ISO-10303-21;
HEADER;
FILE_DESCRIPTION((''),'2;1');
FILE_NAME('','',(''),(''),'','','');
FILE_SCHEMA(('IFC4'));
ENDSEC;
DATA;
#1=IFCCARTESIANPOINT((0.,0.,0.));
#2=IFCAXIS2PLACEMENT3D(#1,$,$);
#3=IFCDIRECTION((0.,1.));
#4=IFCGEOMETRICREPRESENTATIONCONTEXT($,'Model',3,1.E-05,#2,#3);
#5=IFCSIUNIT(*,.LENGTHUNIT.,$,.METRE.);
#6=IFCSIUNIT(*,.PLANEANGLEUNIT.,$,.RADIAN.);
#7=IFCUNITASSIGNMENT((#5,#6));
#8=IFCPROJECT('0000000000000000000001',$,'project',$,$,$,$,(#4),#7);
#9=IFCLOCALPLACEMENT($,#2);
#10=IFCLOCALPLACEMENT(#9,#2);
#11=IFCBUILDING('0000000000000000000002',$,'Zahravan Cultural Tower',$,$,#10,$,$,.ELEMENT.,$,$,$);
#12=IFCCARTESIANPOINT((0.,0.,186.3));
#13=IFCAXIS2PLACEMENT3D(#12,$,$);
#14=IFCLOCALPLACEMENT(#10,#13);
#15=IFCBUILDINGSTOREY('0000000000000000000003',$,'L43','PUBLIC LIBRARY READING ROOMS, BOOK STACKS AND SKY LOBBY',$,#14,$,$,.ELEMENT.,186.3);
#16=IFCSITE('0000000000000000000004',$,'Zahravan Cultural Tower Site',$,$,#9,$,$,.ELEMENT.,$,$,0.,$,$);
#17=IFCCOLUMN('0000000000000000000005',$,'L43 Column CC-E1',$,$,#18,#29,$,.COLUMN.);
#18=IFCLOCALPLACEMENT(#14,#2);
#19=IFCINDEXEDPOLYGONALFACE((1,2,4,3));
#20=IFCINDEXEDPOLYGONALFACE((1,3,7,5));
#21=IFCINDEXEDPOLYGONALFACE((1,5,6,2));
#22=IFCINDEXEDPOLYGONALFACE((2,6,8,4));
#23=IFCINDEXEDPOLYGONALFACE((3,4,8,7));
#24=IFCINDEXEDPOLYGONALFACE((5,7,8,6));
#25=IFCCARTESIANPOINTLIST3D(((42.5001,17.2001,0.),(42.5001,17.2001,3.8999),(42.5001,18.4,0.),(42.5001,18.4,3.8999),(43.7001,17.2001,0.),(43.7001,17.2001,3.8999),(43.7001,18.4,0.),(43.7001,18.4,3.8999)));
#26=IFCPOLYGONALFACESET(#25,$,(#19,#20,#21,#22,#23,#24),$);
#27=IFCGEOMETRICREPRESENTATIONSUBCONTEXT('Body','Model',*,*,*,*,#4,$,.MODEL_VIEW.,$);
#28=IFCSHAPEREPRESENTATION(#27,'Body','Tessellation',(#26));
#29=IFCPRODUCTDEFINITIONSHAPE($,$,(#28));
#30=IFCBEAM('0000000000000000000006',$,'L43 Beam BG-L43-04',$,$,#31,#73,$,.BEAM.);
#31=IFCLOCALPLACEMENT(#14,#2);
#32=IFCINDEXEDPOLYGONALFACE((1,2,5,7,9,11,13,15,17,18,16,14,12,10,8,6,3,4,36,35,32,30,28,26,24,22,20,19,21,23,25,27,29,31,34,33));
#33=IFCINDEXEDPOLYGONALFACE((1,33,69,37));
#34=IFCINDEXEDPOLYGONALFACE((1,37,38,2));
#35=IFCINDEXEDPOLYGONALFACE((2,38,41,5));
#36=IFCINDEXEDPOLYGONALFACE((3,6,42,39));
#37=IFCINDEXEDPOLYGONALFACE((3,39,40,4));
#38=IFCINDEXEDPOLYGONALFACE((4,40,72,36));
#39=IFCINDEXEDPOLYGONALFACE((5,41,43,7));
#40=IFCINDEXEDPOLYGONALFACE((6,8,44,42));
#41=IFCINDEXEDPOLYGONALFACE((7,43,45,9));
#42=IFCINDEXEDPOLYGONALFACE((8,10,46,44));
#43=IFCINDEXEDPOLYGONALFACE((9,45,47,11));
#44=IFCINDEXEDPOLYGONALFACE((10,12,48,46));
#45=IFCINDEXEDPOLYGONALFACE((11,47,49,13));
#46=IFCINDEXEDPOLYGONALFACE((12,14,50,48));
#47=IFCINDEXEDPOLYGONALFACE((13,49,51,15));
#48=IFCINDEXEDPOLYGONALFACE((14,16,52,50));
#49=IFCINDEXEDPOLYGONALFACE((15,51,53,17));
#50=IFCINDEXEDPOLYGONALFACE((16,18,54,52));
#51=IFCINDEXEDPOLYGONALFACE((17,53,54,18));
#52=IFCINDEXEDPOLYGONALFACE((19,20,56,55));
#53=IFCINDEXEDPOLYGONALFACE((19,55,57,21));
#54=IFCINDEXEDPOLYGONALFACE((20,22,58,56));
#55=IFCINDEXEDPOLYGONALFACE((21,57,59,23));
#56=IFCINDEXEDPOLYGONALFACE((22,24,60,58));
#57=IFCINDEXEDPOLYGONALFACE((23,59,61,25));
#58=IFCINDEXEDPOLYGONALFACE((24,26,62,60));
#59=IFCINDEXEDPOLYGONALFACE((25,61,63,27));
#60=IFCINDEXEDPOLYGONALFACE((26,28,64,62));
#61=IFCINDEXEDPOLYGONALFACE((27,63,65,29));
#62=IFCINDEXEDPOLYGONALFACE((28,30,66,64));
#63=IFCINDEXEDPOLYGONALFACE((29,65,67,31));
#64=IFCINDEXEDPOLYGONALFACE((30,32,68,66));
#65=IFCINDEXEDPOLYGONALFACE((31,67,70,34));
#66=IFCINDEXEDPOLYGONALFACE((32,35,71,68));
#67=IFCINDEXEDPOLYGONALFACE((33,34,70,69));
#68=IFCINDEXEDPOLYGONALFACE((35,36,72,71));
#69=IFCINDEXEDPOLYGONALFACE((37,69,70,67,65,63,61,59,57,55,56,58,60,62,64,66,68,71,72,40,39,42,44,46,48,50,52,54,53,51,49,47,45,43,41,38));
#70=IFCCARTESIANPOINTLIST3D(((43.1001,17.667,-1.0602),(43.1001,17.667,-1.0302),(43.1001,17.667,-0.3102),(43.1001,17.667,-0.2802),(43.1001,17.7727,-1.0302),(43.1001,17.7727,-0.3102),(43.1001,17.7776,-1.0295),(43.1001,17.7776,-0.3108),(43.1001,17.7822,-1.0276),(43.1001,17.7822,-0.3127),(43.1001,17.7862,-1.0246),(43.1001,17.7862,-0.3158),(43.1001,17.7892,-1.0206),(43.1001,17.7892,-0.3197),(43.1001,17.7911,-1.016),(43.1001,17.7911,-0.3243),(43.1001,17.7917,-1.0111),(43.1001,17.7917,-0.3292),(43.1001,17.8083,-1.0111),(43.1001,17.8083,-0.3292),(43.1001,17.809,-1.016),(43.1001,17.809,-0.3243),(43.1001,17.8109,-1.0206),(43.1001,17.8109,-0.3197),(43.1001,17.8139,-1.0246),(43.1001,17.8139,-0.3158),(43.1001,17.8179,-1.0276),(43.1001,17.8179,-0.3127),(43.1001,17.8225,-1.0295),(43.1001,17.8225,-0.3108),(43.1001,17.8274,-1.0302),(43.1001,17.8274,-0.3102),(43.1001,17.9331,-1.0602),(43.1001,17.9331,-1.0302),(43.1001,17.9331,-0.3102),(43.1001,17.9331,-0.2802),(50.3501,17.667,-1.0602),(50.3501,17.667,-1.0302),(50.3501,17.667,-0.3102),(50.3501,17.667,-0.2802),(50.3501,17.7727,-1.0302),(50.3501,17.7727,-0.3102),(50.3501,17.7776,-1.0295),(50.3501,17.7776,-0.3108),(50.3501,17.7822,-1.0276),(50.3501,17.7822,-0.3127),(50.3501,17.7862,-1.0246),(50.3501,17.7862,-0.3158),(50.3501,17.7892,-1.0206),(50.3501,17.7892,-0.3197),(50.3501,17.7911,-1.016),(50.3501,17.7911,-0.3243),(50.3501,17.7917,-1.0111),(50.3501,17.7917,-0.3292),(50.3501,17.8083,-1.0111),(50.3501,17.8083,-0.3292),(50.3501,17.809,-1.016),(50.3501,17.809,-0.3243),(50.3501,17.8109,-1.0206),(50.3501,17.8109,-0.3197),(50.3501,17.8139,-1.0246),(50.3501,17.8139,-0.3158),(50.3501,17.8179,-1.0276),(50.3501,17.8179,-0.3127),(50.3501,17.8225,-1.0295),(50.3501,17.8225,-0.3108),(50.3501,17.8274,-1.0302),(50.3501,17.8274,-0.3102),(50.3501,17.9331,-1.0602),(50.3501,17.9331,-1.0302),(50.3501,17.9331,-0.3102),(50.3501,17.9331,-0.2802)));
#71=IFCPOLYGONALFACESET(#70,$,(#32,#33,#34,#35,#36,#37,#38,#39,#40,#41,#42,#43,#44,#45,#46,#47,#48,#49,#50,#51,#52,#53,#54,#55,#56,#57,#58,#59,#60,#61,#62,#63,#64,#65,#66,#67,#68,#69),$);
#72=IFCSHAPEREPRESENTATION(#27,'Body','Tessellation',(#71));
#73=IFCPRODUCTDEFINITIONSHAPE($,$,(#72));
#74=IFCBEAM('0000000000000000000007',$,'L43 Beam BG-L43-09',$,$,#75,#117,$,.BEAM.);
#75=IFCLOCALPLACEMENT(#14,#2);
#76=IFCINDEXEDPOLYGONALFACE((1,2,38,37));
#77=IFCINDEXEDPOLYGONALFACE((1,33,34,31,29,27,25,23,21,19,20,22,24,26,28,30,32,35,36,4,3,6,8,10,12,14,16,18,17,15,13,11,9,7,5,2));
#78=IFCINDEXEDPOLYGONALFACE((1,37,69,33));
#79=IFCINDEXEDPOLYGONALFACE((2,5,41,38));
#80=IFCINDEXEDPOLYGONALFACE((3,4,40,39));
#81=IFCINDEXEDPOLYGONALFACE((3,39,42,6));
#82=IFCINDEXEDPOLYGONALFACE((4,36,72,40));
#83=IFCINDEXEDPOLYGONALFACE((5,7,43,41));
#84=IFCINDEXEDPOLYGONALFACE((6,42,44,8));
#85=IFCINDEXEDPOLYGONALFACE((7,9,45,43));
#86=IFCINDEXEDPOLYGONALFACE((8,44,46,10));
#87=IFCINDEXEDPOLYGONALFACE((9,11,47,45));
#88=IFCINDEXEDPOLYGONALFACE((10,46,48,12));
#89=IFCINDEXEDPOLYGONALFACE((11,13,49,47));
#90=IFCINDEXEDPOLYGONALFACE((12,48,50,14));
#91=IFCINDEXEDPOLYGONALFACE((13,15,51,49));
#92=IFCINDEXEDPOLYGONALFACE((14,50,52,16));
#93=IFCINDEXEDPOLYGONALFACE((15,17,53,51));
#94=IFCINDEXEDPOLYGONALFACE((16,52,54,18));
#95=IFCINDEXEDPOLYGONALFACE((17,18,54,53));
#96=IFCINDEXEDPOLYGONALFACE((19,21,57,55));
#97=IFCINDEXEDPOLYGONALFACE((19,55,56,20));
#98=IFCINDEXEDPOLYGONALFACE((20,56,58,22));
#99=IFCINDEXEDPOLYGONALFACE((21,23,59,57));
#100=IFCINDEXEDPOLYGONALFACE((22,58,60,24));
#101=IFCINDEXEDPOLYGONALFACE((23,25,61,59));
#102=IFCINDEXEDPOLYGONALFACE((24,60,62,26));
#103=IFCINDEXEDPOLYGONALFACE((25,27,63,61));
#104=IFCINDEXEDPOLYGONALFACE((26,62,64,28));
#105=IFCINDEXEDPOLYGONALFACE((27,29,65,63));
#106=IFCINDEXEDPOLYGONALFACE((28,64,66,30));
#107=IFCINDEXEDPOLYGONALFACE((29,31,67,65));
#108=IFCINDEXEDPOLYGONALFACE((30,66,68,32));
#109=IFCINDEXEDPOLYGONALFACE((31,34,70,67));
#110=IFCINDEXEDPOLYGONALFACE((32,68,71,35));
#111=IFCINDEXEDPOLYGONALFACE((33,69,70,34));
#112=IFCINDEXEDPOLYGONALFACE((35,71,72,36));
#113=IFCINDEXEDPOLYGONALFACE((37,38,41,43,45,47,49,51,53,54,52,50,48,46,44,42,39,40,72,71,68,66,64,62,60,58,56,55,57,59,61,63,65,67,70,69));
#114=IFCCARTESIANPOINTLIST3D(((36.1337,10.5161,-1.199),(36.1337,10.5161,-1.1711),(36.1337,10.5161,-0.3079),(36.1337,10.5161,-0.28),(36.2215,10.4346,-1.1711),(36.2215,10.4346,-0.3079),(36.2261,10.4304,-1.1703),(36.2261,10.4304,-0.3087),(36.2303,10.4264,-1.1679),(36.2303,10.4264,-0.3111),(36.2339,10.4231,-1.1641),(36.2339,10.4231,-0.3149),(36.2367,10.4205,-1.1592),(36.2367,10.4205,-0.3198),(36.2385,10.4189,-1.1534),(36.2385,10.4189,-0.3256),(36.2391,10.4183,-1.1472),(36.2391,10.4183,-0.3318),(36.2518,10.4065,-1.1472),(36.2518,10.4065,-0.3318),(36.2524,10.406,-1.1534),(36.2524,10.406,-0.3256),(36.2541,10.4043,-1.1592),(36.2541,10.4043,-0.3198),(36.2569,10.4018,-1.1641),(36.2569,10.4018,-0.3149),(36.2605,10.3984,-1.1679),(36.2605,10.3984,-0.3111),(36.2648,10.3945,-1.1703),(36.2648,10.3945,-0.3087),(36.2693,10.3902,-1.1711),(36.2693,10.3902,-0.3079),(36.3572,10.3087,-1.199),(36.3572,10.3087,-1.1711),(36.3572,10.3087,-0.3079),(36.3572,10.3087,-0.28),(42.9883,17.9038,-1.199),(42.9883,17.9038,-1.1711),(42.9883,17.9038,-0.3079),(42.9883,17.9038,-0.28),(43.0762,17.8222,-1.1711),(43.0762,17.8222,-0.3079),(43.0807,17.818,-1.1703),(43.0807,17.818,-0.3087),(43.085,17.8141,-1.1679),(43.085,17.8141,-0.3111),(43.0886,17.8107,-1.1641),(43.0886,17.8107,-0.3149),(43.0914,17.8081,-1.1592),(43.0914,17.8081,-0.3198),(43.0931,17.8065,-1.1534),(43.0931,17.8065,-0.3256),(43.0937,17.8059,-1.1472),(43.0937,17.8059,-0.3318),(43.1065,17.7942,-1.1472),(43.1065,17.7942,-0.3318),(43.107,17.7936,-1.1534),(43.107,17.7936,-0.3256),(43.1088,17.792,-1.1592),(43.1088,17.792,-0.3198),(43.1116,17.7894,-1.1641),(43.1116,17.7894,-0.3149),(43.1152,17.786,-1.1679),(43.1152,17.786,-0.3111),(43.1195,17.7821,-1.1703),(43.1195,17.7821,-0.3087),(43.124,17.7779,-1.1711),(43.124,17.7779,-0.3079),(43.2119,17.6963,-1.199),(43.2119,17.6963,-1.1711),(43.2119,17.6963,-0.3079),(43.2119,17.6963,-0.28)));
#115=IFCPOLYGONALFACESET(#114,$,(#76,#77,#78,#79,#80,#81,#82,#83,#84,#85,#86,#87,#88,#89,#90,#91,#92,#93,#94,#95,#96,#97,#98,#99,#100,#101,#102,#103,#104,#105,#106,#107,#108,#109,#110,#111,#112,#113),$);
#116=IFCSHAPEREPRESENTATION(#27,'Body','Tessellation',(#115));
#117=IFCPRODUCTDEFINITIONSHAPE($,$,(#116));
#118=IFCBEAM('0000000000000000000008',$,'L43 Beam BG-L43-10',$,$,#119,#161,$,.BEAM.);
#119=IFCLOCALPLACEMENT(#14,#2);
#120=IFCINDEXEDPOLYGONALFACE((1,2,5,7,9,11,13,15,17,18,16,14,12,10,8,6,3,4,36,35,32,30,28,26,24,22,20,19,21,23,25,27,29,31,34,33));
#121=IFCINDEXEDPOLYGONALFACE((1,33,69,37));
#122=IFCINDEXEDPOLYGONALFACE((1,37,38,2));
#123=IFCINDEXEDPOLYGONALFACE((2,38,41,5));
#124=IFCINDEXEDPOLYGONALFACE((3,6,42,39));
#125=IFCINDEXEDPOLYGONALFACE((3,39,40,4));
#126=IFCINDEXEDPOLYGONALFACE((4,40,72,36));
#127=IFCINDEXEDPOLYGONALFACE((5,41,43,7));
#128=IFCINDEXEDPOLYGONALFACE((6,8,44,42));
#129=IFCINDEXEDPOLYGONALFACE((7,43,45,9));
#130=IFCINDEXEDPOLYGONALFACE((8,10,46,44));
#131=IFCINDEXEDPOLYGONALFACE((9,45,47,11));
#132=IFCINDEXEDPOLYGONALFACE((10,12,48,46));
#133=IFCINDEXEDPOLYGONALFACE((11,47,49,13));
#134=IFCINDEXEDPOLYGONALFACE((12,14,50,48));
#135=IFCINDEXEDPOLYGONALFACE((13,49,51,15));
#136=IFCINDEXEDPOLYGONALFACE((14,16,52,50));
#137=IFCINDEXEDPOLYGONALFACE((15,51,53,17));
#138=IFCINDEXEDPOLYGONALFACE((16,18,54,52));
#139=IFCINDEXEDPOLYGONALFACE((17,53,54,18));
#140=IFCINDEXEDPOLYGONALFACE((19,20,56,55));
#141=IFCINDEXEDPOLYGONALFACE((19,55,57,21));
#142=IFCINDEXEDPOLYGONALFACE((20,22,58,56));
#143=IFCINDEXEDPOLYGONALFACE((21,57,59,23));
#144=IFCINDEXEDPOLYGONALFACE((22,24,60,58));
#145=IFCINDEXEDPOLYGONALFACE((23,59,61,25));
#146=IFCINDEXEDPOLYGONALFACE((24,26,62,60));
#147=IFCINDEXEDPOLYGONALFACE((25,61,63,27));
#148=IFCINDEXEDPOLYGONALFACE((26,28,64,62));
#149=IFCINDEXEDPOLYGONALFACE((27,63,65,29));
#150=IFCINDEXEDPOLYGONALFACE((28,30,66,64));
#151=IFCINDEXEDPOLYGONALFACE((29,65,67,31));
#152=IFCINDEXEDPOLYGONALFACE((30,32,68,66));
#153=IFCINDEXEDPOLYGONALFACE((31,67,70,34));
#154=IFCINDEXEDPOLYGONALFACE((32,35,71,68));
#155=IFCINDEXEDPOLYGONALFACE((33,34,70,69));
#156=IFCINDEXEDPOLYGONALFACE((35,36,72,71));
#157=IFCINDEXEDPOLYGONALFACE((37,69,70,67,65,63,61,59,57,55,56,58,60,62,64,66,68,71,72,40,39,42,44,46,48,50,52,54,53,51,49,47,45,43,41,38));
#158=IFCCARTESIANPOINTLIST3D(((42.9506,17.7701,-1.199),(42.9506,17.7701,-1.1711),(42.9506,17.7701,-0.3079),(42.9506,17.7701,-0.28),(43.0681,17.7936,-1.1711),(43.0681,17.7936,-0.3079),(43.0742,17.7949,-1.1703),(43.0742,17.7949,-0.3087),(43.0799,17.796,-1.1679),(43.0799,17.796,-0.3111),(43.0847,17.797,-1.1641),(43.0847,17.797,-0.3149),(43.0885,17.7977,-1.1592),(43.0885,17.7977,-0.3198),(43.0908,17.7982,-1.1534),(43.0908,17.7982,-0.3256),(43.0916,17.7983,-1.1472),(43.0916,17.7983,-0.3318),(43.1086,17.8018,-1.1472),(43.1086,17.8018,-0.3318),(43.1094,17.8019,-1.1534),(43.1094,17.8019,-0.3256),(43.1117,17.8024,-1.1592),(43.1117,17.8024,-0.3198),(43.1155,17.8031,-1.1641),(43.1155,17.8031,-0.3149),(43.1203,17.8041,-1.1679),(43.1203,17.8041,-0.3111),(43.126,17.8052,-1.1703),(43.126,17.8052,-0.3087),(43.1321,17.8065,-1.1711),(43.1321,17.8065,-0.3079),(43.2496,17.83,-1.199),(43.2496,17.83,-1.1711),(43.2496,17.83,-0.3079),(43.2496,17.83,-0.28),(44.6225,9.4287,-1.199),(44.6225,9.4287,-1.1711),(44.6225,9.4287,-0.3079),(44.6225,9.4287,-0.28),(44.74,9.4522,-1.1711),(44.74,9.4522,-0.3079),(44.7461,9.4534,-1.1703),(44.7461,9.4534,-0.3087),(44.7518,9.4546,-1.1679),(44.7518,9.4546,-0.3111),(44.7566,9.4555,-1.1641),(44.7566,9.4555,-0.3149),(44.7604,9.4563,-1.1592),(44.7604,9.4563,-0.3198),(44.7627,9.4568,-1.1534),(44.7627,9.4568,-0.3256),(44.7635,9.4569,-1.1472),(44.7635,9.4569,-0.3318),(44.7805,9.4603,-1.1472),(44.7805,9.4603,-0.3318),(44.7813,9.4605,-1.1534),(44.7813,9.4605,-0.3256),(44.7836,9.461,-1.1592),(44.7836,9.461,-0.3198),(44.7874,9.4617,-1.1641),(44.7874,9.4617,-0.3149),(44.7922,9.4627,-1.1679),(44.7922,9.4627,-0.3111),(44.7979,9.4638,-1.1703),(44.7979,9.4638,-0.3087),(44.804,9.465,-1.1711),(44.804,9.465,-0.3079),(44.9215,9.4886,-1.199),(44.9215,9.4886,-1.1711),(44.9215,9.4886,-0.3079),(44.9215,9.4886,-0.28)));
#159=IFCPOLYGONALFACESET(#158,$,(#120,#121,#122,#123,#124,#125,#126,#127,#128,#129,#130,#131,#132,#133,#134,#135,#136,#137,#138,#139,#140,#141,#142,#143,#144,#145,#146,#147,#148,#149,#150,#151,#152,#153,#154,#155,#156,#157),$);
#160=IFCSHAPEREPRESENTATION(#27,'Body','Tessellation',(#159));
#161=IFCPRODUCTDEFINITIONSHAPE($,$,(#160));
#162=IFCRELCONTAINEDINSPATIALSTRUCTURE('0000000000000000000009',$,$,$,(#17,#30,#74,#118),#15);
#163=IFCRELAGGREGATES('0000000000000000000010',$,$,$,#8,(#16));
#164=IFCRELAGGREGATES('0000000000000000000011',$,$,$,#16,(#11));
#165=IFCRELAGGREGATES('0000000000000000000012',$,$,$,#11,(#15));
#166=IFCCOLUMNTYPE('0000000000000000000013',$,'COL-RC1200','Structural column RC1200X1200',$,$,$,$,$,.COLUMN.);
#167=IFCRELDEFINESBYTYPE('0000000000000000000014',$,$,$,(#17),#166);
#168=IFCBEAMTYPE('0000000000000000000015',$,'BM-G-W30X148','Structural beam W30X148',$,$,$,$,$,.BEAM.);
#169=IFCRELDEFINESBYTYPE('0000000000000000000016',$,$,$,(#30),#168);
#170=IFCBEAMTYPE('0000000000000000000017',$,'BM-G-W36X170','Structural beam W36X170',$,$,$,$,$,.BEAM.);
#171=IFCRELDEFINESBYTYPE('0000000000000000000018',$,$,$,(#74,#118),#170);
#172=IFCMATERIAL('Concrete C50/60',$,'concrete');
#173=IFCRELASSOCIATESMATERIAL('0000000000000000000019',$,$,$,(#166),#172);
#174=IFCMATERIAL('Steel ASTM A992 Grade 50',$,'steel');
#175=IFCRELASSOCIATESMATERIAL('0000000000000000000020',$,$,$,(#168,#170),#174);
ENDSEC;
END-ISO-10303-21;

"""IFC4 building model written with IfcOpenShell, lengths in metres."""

from ifc_helpers import new_model, si_unit, direction, frame, origin, origin_2d, place, context, subcontext, project, spatial, rectangle, i_section, extrude, source, transform, mapped, material, material_profile, profile_set, type_object, element, save


model = new_model("IFC4")

# Units and contexts
model_context = context("Model", 3, precision=1e-05, world=origin(), true_north=direction((0.0, 1.0)))
body_context = subcontext(model_context, "Body", "Model", "MODEL_VIEW")
ifc_project = project(units=[si_unit("LENGTHUNIT", "METRE"), si_unit("PLANEANGLEUNIT", "RADIAN")], contexts=[model_context])

# Site, building, storey
site_placement = place(None, origin())
site = spatial("IfcSite", under=ifc_project, at=site_placement, Name="Zahravan Cultural Tower Site", CompositionType="ELEMENT", RefElevation=0.0)
building_placement = place(site_placement, origin())
building = spatial("IfcBuilding", under=site, at=building_placement, Name="Zahravan Cultural Tower", CompositionType="ELEMENT")
storey_placement = place(building_placement, frame((0.0, 0.0, 186.3)))
storey = spatial("IfcBuildingStorey", under=building, at=storey_placement, Name="L43", Description="PUBLIC LIBRARY READING ROOMS, BOOK STACKS AND SKY LOBBY", CompositionType="ELEMENT", Elevation=186.3)

# Column
ifc_material_1 = material(Name="Concrete C50/60", Category="concrete")
ifc_material_profile_1 = material_profile(ifc_material_1, rectangle(XDim=1.2, YDim=1.2, at=origin_2d()), Name="RC1200X1200")
ifc_profile_set_1 = profile_set([ifc_material_profile_1], Name="Concrete C50/60")
column_type = type_object("IfcColumnType", Name="COL-RC1200", Description="Structural column RC1200X1200", PredefinedType="COLUMN", material=ifc_profile_set_1)
shared_shape_1 = source(origin(), body_context, "Body", "SweptSolid", [
    extrude(rectangle(XDim=1.2, YDim=1.2, at=origin_2d()), origin(), (0.0, 0.0, 1.0), 3.8999),
])
column_placement = place(storey_placement, frame((43.1001, 17.8, 0.0), z_axis=(0.0, 0.0, 1.0), x_axis=(1.0, 0.0, 0.0)))
element("IfcColumn", 1, at=column_placement, inside=storey, type_object=column_type, Name="L43 Column CC-E1", PredefinedType="COLUMN", context=body_context, shape_type="MappedRepresentation", body=[
    mapped(shared_shape_1, transform((0.0, 0.0, 0.0), x_axis=(1.0, 0.0, 0.0), y_axis=(0.0, 1.0, 0.0), z_axis=(0.0, 0.0, 1.0), scale=1.0)),
])

# Beams
ifc_material_2 = material(Name="Steel ASTM A992 Grade 50", Category="steel")
ifc_material_profile_2 = material_profile(ifc_material_2, i_section(OverallWidth=0.2661, OverallDepth=0.78, WebThickness=0.0166, FlangeThickness=0.03, FilletRadius=0.019, at=origin_2d()), Name="W30X148")
ifc_profile_set_2 = profile_set([ifc_material_profile_2], Name="Steel ASTM A992 Grade 50")
beam_type_1 = type_object("IfcBeamType", Name="BM-G-W30X148", Description="Structural beam W30X148", PredefinedType="BEAM", material=ifc_profile_set_2)
shared_shape_2 = source(origin(), body_context, "Body", "SweptSolid", [
    extrude(i_section(OverallWidth=0.2661, OverallDepth=0.78, WebThickness=0.0166, FlangeThickness=0.03, FilletRadius=0.019, at=origin_2d()), origin(), (0.0, 0.0, 1.0), 7.25),
])
beam_1_placement = place(storey_placement, frame((43.1001, 17.8, -0.6702), z_axis=(1.0, 0.0, 0.0), x_axis=(0.0, 1.0, 0.0)))
element("IfcBeam", 2, at=beam_1_placement, inside=storey, type_object=beam_type_1, Name="L43 Beam BG-L43-04", PredefinedType="BEAM", context=body_context, shape_type="MappedRepresentation", body=[
    mapped(shared_shape_2, transform((0.0, 0.0, 0.0), x_axis=(1.0, 0.0, 0.0), y_axis=(0.0, 1.0, 0.0), z_axis=(0.0, 0.0, 1.0), scale=1.0)),
])
ifc_material_profile_3 = material_profile(ifc_material_2, i_section(OverallWidth=0.3049, OverallDepth=0.9189, WebThickness=0.0173, FlangeThickness=0.0278, FilletRadius=0.0239, at=origin_2d()), Name="W36X170")
ifc_profile_set_3 = profile_set([ifc_material_profile_3], Name="Steel ASTM A992 Grade 50")
beam_type_2 = type_object("IfcBeamType", Name="BM-G-W36X170", Description="Structural beam W36X170", PredefinedType="BEAM", material=ifc_profile_set_3)
shared_shape_3 = source(origin(), body_context, "Body", "SweptSolid", [
    extrude(i_section(OverallWidth=0.3049, OverallDepth=0.9189, WebThickness=0.0173, FlangeThickness=0.0278, FilletRadius=0.0239, at=origin_2d()), origin(), (0.0, 0.0, 1.0), 10.0779),
])
beam_2_placement = place(storey_placement, frame((43.1001, 17.8, -0.7395), z_axis=(-0.68017, -0.733054, 0.0), x_axis=(0.733054, -0.68017, 0.0)))
element("IfcBeam", 3, at=beam_2_placement, inside=storey, type_object=beam_type_2, Name="L43 Beam BG-L43-09", PredefinedType="BEAM", context=body_context, shape_type="MappedRepresentation", body=[
    mapped(shared_shape_3, transform((0.0, 0.0, 0.0), x_axis=(1.0, 0.0, 0.0), y_axis=(0.0, 1.0, 0.0), z_axis=(0.0, 0.0, 1.0), scale=1.0)),
])
shared_shape_4 = source(origin(), body_context, "Body", "SweptSolid", [
    extrude(i_section(OverallWidth=0.3049, OverallDepth=0.9189, WebThickness=0.0173, FlangeThickness=0.0278, FilletRadius=0.0239, at=origin_2d()), origin(), (0.0, 0.0, 1.0), 8.5073),
])
beam_3_placement = place(storey_placement, frame((43.1001, 17.8, -0.7395), z_axis=(0.196525, -0.980499, 0.0), x_axis=(0.980499, 0.196525, 0.0)))
element("IfcBeam", 4, at=beam_3_placement, inside=storey, type_object=beam_type_2, Name="L43 Beam BG-L43-10", PredefinedType="BEAM", context=body_context, shape_type="MappedRepresentation", body=[
    mapped(shared_shape_4, transform((0.0, 0.0, 0.0), x_axis=(1.0, 0.0, 0.0), y_axis=(0.0, 1.0, 0.0), z_axis=(0.0, 0.0, 1.0), scale=1.0)),
])

save(model, "model.ifc")
